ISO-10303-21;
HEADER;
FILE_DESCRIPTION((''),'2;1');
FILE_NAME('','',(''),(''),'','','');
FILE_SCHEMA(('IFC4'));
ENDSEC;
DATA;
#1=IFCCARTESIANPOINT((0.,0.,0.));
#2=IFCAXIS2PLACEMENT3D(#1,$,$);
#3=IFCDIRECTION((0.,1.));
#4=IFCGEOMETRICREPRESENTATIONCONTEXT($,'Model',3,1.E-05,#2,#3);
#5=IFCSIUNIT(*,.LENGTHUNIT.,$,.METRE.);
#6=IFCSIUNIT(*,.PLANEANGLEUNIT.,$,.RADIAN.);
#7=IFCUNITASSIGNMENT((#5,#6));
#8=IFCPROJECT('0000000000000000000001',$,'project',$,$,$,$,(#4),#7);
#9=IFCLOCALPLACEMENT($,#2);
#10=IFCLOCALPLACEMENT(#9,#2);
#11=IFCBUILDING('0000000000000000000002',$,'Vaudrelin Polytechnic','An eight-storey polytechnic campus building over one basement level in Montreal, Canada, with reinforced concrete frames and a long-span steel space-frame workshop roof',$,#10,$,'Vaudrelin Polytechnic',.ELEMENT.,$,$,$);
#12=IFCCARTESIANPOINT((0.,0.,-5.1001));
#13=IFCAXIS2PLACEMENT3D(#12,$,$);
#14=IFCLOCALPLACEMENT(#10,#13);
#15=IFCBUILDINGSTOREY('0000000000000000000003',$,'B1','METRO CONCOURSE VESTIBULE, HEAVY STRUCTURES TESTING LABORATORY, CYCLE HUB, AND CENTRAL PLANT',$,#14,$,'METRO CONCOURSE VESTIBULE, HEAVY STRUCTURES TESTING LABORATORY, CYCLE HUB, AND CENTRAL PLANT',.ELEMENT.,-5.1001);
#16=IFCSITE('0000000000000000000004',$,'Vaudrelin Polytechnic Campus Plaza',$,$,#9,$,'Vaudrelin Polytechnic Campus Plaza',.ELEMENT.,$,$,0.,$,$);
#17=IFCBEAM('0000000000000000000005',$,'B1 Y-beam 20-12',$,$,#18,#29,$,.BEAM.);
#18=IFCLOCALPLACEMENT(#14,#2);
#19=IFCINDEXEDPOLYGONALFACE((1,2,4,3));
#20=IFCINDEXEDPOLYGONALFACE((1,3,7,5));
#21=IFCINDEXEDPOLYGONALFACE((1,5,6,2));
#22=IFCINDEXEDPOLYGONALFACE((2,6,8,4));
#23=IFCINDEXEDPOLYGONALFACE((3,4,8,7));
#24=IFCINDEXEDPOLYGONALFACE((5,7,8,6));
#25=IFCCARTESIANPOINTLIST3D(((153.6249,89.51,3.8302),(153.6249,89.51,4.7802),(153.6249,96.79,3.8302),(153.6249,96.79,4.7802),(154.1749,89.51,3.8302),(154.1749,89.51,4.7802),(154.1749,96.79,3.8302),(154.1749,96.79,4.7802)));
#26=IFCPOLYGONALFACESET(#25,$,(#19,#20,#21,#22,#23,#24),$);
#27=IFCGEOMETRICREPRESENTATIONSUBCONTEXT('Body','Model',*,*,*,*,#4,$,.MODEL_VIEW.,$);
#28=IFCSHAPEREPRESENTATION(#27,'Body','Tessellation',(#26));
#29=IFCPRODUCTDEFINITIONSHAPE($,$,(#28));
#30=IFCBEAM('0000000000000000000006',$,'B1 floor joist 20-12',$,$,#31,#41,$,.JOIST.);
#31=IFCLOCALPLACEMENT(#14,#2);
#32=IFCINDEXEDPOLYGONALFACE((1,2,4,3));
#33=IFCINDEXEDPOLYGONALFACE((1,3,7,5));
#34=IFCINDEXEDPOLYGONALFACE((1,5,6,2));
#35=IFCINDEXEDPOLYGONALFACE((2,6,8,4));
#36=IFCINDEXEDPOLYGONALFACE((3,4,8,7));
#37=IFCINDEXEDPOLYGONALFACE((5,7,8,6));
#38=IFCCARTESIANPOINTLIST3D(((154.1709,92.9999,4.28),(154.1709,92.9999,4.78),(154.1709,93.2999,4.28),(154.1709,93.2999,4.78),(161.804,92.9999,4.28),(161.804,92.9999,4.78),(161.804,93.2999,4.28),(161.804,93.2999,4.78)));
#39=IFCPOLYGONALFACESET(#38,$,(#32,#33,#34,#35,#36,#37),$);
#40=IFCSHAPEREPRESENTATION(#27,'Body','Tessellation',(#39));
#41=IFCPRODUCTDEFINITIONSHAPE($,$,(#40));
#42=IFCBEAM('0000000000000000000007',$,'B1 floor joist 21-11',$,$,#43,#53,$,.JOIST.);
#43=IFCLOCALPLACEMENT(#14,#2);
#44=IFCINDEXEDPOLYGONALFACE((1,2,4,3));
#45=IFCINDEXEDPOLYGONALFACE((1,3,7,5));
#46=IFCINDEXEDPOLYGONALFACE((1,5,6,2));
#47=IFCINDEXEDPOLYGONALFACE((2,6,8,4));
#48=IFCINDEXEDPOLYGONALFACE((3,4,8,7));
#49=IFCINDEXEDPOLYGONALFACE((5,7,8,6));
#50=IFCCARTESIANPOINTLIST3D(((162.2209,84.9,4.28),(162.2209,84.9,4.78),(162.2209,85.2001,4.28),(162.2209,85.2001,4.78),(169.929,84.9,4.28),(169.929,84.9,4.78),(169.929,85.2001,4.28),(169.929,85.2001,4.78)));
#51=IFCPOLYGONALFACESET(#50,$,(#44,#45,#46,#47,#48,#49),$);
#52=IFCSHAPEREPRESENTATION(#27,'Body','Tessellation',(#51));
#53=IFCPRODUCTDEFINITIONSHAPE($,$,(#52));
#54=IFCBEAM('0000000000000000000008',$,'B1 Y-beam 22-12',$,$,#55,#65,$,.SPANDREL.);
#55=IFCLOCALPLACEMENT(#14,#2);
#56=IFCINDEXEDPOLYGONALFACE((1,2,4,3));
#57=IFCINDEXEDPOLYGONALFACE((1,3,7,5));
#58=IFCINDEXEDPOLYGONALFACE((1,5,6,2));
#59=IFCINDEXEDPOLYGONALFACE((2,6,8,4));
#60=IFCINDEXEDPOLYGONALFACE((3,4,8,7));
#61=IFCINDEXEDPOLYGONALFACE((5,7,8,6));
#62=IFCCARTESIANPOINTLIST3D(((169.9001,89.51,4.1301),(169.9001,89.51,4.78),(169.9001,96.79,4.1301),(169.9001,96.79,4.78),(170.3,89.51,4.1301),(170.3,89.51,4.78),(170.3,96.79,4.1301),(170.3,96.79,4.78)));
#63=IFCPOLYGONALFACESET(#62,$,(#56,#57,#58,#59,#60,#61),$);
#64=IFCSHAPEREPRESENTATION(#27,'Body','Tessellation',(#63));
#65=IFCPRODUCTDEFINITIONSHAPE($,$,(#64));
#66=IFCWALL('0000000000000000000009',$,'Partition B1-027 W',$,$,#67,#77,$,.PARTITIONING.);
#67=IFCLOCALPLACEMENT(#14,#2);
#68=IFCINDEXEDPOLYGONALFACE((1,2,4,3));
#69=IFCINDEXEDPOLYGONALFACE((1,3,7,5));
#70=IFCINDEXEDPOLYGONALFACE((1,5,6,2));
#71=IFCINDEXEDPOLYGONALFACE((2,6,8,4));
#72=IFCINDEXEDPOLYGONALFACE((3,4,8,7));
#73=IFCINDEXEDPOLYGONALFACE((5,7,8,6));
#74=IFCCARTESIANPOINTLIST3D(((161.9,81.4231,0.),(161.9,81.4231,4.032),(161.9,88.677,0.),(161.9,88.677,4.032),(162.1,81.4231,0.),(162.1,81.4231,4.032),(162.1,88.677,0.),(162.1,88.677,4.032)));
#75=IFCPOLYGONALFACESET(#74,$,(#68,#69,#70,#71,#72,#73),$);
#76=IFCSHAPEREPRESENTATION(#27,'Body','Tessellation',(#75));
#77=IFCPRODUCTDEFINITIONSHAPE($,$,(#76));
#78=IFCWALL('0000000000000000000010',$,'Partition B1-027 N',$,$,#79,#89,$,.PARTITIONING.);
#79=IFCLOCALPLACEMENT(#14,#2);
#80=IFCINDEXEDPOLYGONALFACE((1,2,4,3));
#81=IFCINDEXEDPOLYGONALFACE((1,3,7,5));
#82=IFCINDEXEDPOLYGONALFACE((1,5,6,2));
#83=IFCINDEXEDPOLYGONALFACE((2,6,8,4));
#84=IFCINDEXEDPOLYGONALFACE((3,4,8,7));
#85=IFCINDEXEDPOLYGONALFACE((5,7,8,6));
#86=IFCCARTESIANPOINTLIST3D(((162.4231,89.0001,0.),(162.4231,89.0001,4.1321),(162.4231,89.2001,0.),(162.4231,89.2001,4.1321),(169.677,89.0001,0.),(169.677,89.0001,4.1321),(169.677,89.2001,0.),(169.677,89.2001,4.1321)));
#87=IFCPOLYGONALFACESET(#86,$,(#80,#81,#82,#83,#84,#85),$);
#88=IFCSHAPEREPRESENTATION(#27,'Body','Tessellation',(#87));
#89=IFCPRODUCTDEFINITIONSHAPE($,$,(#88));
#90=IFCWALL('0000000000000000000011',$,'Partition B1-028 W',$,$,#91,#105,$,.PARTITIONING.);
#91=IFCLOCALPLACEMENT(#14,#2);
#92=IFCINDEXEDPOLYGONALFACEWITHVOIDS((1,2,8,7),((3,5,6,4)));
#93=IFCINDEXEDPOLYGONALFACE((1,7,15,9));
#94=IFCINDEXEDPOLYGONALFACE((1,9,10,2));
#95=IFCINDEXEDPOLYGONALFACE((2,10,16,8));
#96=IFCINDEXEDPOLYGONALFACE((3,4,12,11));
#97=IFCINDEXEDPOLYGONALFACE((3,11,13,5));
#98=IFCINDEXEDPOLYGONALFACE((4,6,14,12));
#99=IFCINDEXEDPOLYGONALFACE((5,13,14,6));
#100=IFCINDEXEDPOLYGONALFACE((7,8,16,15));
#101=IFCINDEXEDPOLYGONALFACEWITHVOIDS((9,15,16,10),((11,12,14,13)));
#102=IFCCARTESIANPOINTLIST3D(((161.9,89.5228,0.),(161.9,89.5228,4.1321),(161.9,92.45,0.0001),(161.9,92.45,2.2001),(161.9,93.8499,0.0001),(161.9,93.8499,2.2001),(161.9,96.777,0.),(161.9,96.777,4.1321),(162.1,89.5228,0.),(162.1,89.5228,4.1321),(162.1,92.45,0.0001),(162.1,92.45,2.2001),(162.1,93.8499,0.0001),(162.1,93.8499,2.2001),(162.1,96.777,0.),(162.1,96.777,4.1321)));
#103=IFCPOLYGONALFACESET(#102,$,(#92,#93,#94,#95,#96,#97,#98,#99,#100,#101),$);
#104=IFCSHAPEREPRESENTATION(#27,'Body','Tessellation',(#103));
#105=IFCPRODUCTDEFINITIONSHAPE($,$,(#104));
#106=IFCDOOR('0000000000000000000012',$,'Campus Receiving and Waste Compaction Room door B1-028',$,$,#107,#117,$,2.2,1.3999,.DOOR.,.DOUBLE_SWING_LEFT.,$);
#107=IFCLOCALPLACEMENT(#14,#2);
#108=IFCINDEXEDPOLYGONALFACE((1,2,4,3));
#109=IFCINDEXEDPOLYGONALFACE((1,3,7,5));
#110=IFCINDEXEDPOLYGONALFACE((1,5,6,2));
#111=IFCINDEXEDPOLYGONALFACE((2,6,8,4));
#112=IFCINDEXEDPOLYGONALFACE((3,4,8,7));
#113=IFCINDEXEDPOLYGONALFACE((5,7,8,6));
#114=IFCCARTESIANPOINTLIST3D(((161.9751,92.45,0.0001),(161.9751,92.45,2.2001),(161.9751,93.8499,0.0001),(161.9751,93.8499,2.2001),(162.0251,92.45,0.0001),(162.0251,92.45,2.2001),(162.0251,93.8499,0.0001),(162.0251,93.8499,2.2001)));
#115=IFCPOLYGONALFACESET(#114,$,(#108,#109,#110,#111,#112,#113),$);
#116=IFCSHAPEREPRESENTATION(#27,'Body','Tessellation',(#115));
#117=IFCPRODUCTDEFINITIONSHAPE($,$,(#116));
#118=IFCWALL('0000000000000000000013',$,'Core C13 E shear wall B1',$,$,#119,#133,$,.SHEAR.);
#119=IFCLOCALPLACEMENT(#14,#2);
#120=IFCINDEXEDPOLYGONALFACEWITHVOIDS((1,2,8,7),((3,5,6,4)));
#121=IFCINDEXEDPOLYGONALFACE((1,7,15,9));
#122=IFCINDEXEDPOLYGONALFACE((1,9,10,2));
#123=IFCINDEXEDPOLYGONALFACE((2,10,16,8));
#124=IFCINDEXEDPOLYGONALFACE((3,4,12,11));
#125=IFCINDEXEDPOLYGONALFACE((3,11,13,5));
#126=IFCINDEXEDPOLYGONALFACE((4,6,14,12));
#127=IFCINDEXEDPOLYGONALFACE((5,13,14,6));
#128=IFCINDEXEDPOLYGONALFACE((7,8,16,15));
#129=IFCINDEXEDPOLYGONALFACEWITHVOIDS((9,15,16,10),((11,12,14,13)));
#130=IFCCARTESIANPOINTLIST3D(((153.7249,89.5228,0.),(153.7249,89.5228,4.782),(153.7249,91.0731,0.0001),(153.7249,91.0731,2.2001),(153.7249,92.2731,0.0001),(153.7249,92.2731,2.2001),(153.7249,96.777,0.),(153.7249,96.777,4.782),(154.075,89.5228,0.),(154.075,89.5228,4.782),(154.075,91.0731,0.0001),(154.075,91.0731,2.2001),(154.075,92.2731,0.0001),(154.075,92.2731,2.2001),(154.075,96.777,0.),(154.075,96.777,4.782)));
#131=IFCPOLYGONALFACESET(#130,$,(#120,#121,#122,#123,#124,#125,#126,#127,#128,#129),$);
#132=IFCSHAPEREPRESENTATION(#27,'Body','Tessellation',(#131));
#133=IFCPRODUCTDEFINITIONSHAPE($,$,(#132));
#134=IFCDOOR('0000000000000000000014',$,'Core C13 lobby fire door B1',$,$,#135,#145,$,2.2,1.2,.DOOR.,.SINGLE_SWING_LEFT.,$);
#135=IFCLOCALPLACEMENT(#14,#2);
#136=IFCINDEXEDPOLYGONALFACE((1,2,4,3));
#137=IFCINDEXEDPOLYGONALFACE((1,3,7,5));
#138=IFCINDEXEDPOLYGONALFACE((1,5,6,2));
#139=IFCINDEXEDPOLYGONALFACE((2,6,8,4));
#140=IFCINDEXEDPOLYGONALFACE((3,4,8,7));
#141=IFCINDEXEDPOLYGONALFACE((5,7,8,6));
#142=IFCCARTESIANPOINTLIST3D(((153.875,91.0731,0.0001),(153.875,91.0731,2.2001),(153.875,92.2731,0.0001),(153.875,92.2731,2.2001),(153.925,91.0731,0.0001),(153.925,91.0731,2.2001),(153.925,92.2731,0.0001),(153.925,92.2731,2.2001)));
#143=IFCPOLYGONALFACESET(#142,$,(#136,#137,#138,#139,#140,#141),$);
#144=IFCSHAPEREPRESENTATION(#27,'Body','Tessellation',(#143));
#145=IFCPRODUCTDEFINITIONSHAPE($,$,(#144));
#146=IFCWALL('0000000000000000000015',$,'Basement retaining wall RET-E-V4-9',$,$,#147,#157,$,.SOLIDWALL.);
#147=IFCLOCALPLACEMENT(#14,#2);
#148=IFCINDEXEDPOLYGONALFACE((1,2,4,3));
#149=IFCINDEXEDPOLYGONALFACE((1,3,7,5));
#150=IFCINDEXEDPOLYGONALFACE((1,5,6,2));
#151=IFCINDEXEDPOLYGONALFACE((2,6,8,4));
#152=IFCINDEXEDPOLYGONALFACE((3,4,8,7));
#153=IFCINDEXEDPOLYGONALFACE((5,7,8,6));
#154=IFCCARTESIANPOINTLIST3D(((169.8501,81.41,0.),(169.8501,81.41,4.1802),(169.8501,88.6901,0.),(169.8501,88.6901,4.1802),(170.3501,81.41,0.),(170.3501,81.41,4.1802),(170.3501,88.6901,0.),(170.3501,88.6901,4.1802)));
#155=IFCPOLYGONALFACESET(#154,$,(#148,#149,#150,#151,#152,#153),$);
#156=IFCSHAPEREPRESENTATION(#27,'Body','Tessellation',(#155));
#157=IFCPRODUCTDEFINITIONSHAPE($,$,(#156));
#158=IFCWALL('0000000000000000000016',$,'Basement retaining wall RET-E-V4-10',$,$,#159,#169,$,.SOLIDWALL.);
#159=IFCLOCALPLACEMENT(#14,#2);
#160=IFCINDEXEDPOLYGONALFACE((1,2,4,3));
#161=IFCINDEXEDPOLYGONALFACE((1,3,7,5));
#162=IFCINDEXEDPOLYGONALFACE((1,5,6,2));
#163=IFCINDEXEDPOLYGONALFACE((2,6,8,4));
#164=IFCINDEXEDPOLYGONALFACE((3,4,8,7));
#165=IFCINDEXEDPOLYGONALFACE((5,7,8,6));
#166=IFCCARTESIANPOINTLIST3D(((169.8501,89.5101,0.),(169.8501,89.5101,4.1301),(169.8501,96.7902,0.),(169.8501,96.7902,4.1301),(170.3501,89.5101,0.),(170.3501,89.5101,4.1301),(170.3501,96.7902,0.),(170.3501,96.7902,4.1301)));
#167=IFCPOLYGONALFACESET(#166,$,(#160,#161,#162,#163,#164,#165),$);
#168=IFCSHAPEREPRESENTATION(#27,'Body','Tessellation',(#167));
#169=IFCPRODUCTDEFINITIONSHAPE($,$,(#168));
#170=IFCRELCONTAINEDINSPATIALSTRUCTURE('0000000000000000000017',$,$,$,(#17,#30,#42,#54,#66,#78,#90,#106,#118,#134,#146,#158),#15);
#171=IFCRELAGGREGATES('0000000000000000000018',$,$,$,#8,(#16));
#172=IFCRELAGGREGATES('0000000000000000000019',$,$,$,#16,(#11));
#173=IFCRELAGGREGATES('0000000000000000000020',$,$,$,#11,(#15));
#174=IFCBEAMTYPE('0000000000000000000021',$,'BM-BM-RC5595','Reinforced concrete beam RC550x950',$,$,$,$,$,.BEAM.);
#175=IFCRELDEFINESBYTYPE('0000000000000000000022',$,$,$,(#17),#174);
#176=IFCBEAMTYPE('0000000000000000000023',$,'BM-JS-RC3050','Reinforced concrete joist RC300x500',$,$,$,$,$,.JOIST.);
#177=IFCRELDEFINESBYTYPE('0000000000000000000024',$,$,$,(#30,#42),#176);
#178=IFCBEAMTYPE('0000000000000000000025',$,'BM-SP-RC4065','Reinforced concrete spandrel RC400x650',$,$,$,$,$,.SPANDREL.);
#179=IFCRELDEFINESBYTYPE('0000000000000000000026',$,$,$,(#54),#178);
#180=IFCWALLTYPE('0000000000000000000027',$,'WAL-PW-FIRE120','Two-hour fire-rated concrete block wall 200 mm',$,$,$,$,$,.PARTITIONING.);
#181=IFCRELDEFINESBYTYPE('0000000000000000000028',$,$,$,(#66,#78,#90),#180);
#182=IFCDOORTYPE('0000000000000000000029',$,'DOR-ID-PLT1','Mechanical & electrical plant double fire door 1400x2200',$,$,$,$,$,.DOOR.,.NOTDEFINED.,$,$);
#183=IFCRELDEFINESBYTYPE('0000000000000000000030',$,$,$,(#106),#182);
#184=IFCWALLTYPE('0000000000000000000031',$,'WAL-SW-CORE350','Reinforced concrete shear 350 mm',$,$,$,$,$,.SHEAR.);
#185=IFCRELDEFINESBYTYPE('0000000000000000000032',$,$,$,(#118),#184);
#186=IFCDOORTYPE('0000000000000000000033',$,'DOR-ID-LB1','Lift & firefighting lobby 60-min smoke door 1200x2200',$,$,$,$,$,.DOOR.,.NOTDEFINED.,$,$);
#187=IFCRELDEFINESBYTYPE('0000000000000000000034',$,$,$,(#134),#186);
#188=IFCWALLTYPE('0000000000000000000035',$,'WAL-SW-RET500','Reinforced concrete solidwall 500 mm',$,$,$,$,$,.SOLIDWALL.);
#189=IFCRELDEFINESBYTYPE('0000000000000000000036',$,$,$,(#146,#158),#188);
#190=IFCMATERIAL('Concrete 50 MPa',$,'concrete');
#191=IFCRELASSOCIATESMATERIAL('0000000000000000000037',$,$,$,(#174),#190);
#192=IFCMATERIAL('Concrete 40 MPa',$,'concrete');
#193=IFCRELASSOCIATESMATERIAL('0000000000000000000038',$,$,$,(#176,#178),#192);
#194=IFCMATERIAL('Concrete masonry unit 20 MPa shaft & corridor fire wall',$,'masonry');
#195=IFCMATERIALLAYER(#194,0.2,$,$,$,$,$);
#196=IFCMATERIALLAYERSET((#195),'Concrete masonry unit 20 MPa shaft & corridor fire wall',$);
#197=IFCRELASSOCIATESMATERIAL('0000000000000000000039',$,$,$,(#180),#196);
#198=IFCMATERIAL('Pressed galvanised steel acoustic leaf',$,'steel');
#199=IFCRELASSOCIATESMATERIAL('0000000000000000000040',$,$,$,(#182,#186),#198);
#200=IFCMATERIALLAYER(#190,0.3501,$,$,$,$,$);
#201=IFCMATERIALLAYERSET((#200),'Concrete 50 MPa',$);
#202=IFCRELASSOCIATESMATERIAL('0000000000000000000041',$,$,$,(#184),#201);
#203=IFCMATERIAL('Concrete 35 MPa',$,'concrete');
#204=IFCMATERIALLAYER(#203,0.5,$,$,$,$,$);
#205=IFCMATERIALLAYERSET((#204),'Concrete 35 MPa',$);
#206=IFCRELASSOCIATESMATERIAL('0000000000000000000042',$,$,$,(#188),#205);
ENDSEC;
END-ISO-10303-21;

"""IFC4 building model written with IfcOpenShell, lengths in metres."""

from ifc_helpers import new_model, si_unit, direction, frame, frame_2d, origin, origin_2d, place, context, subcontext, project, spatial, rectangle, extrude, material, layer, layer_set, material_profile, profile_set, type_object, element, fill, save


model = new_model("IFC4")

# Units and contexts
model_context = context("Model", 3, precision=1e-05, world=origin(), true_north=direction((0.0, 1.0)))
body_context = subcontext(model_context, "Body", "Model", "MODEL_VIEW")
ifc_project = project(units=[si_unit("LENGTHUNIT", "METRE"), si_unit("PLANEANGLEUNIT", "RADIAN")], contexts=[model_context])

# Site, building, storey
site_placement = place(None, origin())
site = spatial("IfcSite", under=ifc_project, at=site_placement, Name="Vaudrelin Polytechnic Campus Plaza", LongName="Vaudrelin Polytechnic Campus Plaza", CompositionType="ELEMENT", RefElevation=0.0)
building_placement = place(site_placement, origin())
building = spatial("IfcBuilding", under=site, at=building_placement, Name="Vaudrelin Polytechnic", Description="An eight-storey polytechnic campus building over one basement level in Montreal, Canada, with reinforced concrete frames and a long-span steel space-frame workshop roof", LongName="Vaudrelin Polytechnic", CompositionType="ELEMENT")
storey_placement = place(building_placement, frame((0.0, 0.0, -5.1001)))
storey = spatial("IfcBuildingStorey", under=building, at=storey_placement, Name="B1", Description="METRO CONCOURSE VESTIBULE, HEAVY STRUCTURES TESTING LABORATORY, CYCLE HUB, AND CENTRAL PLANT", LongName="METRO CONCOURSE VESTIBULE, HEAVY STRUCTURES TESTING LABORATORY, CYCLE HUB, AND CENTRAL PLANT", CompositionType="ELEMENT", Elevation=-5.1001)

# Shared definitions
ifc_material_1 = material(Name="Concrete 40 MPa", Category="concrete")

# Shared definitions
ifc_material_2 = material(Name="Concrete 50 MPa", Category="concrete")

# Beams
ifc_material_profile_1 = material_profile(ifc_material_2, rectangle(XDim=0.55, YDim=0.95, at=origin_2d()), Name="RC550x950")
ifc_profile_set_1 = profile_set([ifc_material_profile_1], Name="Concrete 50 MPa")
beam_type_1 = type_object("IfcBeamType", Name="BM-BM-RC5595", Description="Reinforced concrete beam RC550x950", PredefinedType="BEAM", material=ifc_profile_set_1)
beam_1_placement = place(storey_placement, frame((153.8999, 89.51, 4.3052), z_axis=(0.0, 1.0, 0.0), x_axis=(-1.0, 0.0, 0.0)))
element("IfcBeam", 1, at=beam_1_placement, inside=storey, type_object=beam_type_1, Name="B1 Y-beam 20-12", PredefinedType="BEAM", context=body_context, shape_type="SweptSolid", body=[
    extrude(rectangle(XDim=0.55, YDim=0.95, at=origin_2d()), origin(), (0.0, 0.0, 1.0), 7.28),
])
ifc_material_profile_2 = material_profile(ifc_material_1, rectangle(XDim=0.3, YDim=0.5, at=origin_2d()), Name="RC300x500")
ifc_profile_set_2 = profile_set([ifc_material_profile_2], Name="Concrete 40 MPa")
beam_type_2 = type_object("IfcBeamType", Name="BM-JS-RC3050", Description="Reinforced concrete joist RC300x500", PredefinedType="JOIST", material=ifc_profile_set_2)
beam_2_placement = place(storey_placement, frame((154.1709, 93.1499, 4.53), z_axis=(1.0, 0.0, 0.0), x_axis=(0.0, 1.0, 0.0)))
element("IfcBeam", 2, at=beam_2_placement, inside=storey, type_object=beam_type_2, Name="B1 floor joist 20-12", PredefinedType="JOIST", context=body_context, shape_type="SweptSolid", body=[
    extrude(rectangle(XDim=0.3, YDim=0.5, at=origin_2d()), origin(), (0.0, 0.0, 1.0), 7.6331),
])
beam_3_placement = place(storey_placement, frame((162.2209, 85.05, 4.53), z_axis=(1.0, 0.0, 0.0), x_axis=(0.0, 1.0, 0.0)))
element("IfcBeam", 3, at=beam_3_placement, inside=storey, type_object=beam_type_2, Name="B1 floor joist 21-11", PredefinedType="JOIST", context=body_context, shape_type="SweptSolid", body=[
    extrude(rectangle(XDim=0.3, YDim=0.5, at=origin_2d()), origin(), (0.0, 0.0, 1.0), 7.708),
])
ifc_material_profile_3 = material_profile(ifc_material_1, rectangle(XDim=0.3999, YDim=0.6499, at=origin_2d()), Name="RC400x650")
ifc_profile_set_3 = profile_set([ifc_material_profile_3], Name="Concrete 40 MPa")
beam_type_3 = type_object("IfcBeamType", Name="BM-SP-RC4065", Description="Reinforced concrete spandrel RC400x650", PredefinedType="SPANDREL", material=ifc_profile_set_3)
beam_4_placement = place(storey_placement, frame((170.1001, 89.51, 4.4551), z_axis=(0.0, 1.0, 0.0), x_axis=(-1.0, 0.0, 0.0)))
element("IfcBeam", 4, at=beam_4_placement, inside=storey, type_object=beam_type_3, Name="B1 Y-beam 22-12", PredefinedType="SPANDREL", context=body_context, shape_type="SweptSolid", body=[
    extrude(rectangle(XDim=0.3999, YDim=0.6499, at=origin_2d()), origin(), (0.0, 0.0, 1.0), 7.28),
])

# Walls
ifc_material_3 = material(Name="Concrete masonry unit 20 MPa shaft & corridor fire wall", Category="masonry")
ifc_layer_1 = layer(ifc_material_3, 0.2)
ifc_layer_set_1 = layer_set([ifc_layer_1], Name="Concrete masonry unit 20 MPa shaft & corridor fire wall")
wall_type_1 = type_object("IfcWallType", Name="WAL-PW-FIRE120", Description="Two-hour fire-rated concrete block wall 200 mm", PredefinedType="PARTITIONING", material=ifc_layer_set_1)
wall_1_placement = place(storey_placement, frame((162.0, 81.4231, 0.0), z_axis=(0.0, 0.0, 1.0), x_axis=(0.0, 1.0, 0.0)))
element("IfcWall", 5, at=wall_1_placement, inside=storey, type_object=wall_type_1, Name="Partition B1-027 W", PredefinedType="PARTITIONING", context=body_context, shape_type="SweptSolid", body=[
    extrude(rectangle(XDim=7.2539, YDim=0.2, at=frame_2d((3.627, 0.0))), origin(), (0.0, 0.0, 1.0), 4.032),
])
wall_2_placement = place(storey_placement, frame((162.4231, 89.1001, 0.0), z_axis=(0.0, 0.0, 1.0), x_axis=(1.0, 0.0, 0.0)))
element("IfcWall", 6, at=wall_2_placement, inside=storey, type_object=wall_type_1, Name="Partition B1-027 N", PredefinedType="PARTITIONING", context=body_context, shape_type="SweptSolid", body=[
    extrude(rectangle(XDim=7.2539, YDim=0.2, at=frame_2d((3.627, 0.0))), origin(), (0.0, 0.0, 1.0), 4.1321),
])

# Walls, openings, doors
wall_3_placement = place(storey_placement, frame((162.0, 89.5229, 0.0), z_axis=(0.0, 0.0, 1.0), x_axis=(0.0, 1.0, 0.0)))
wall_3 = element("IfcWall", 7, at=wall_3_placement, inside=storey, type_object=wall_type_1, Name="Partition B1-028 W", PredefinedType="PARTITIONING", context=body_context, shape_type="SweptSolid", body=[
    extrude(rectangle(XDim=7.2542, YDim=0.2, at=frame_2d((3.627, 0.0))), origin(), (0.0, 0.0, 1.0), 4.1321),
])
opening_1_placement = place(wall_3_placement, frame((2.927, 0.0, 0.0)))
opening_1 = element("IfcOpeningElement", 8, at=opening_1_placement, cuts=wall_3, PredefinedType="OPENING", context=body_context, shape_type="SweptSolid", body=[
    extrude(rectangle(XDim=1.3999, YDim=2.2, at=frame_2d((0.7, 1.1001))), frame((0.0, 0.1099, 0.0), z_axis=(0.0, -1.0, 0.0), x_axis=(1.0, 0.0, 0.0)), (0.0, 0.0, 1.0), 0.22),
])
ifc_material_4 = material(Name="Pressed galvanised steel acoustic leaf", Category="steel")
door_type_1 = type_object("IfcDoorType", Name="DOR-ID-PLT1", Description="Mechanical & electrical plant double fire door 1400x2200", OperationType="NOTDEFINED", PredefinedType="DOOR", material=ifc_material_4)
door_1_placement = place(opening_1_placement, origin())
door_1 = element("IfcDoor", 9, at=door_1_placement, inside=storey, type_object=door_type_1, Name="Campus Receiving and Waste Compaction Room door B1-028", OperationType="DOUBLE_SWING_LEFT", OverallHeight=2.2, OverallWidth=1.3999, PredefinedType="DOOR", context=body_context, shape_type="SweptSolid", body=[
    extrude(rectangle(XDim=1.3999, YDim=2.2, at=frame_2d((0.7, 1.1001))), frame((0.0, 0.0249, 0.0), z_axis=(0.0, -1.0, 0.0), x_axis=(1.0, 0.0, 0.0)), (0.0, 0.0, 1.0), 0.05),
])
fill(opening_1, door_1)
ifc_layer_2 = layer(ifc_material_2, 0.3501)
ifc_layer_set_2 = layer_set([ifc_layer_2], Name="Concrete 50 MPa")
wall_type_2 = type_object("IfcWallType", Name="WAL-SW-CORE350", Description="Reinforced concrete shear 350 mm", PredefinedType="SHEAR", material=ifc_layer_set_2)
wall_4_placement = place(storey_placement, frame((153.8999, 89.5229, 0.0), z_axis=(0.0, 0.0, 1.0), x_axis=(0.0, 1.0, 0.0)))
wall_4 = element("IfcWall", 10, at=wall_4_placement, inside=storey, type_object=wall_type_2, Name="Core C13 E shear wall B1", PredefinedType="SHEAR", context=body_context, shape_type="SweptSolid", body=[
    extrude(rectangle(XDim=7.2542, YDim=0.3501, at=frame_2d((3.627, 0.0))), origin(), (0.0, 0.0, 1.0), 4.782),
])
opening_2_placement = place(wall_4_placement, frame((1.55, 0.0, 0.0)))
opening_2 = element("IfcOpeningElement", 11, at=opening_2_placement, cuts=wall_4, PredefinedType="OPENING", context=body_context, shape_type="SweptSolid", body=[
    extrude(rectangle(XDim=1.2, YDim=2.2, at=frame_2d((0.6001, 1.1001))), frame((0.0, 0.1851, 0.0), z_axis=(0.0, -1.0, 0.0), x_axis=(1.0, 0.0, 0.0)), (0.0, 0.0, 1.0), 0.3701),
])
door_type_2 = type_object("IfcDoorType", Name="DOR-ID-LB1", Description="Lift & firefighting lobby 60-min smoke door 1200x2200", OperationType="NOTDEFINED", PredefinedType="DOOR", material=ifc_material_4)
door_2_placement = place(opening_2_placement, origin())
door_2 = element("IfcDoor", 12, at=door_2_placement, inside=storey, type_object=door_type_2, Name="Core C13 lobby fire door B1", OperationType="SINGLE_SWING_LEFT", OverallHeight=2.2, OverallWidth=1.2, PredefinedType="DOOR", context=body_context, shape_type="SweptSolid", body=[
    extrude(rectangle(XDim=1.2, YDim=2.2, at=frame_2d((0.6001, 1.1001))), frame((0.0, 0.0249, 0.0), z_axis=(0.0, -1.0, 0.0), x_axis=(1.0, 0.0, 0.0)), (0.0, 0.0, 1.0), 0.05),
])
fill(opening_2, door_2)

# Walls
ifc_material_5 = material(Name="Concrete 35 MPa", Category="concrete")
ifc_layer_3 = layer(ifc_material_5, 0.5)
ifc_layer_set_3 = layer_set([ifc_layer_3], Name="Concrete 35 MPa")
wall_type_3 = type_object("IfcWallType", Name="WAL-SW-RET500", Description="Reinforced concrete solidwall 500 mm", PredefinedType="SOLIDWALL", material=ifc_layer_set_3)
wall_5_placement = place(storey_placement, frame((170.1001, 81.4099, 0.0), z_axis=(0.0, 0.0, 1.0), x_axis=(0.0, 1.0, 0.0)))
element("IfcWall", 13, at=wall_5_placement, inside=storey, type_object=wall_type_3, Name="Basement retaining wall RET-E-V4-9", PredefinedType="SOLIDWALL", context=body_context, shape_type="SweptSolid", body=[
    extrude(rectangle(XDim=7.28, YDim=0.5, at=frame_2d((3.6401, 0.0))), origin(), (0.0, 0.0, 1.0), 4.1802),
])
wall_6_placement = place(storey_placement, frame((170.1001, 89.51, 0.0), z_axis=(0.0, 0.0, 1.0), x_axis=(0.0, 1.0, 0.0)))
element("IfcWall", 14, at=wall_6_placement, inside=storey, type_object=wall_type_3, Name="Basement retaining wall RET-E-V4-10", PredefinedType="SOLIDWALL", context=body_context, shape_type="SweptSolid", body=[
    extrude(rectangle(XDim=7.28, YDim=0.5, at=frame_2d((3.6401, 0.0))), origin(), (0.0, 0.0, 1.0), 4.1301),
])

save(model, "model.ifc")
